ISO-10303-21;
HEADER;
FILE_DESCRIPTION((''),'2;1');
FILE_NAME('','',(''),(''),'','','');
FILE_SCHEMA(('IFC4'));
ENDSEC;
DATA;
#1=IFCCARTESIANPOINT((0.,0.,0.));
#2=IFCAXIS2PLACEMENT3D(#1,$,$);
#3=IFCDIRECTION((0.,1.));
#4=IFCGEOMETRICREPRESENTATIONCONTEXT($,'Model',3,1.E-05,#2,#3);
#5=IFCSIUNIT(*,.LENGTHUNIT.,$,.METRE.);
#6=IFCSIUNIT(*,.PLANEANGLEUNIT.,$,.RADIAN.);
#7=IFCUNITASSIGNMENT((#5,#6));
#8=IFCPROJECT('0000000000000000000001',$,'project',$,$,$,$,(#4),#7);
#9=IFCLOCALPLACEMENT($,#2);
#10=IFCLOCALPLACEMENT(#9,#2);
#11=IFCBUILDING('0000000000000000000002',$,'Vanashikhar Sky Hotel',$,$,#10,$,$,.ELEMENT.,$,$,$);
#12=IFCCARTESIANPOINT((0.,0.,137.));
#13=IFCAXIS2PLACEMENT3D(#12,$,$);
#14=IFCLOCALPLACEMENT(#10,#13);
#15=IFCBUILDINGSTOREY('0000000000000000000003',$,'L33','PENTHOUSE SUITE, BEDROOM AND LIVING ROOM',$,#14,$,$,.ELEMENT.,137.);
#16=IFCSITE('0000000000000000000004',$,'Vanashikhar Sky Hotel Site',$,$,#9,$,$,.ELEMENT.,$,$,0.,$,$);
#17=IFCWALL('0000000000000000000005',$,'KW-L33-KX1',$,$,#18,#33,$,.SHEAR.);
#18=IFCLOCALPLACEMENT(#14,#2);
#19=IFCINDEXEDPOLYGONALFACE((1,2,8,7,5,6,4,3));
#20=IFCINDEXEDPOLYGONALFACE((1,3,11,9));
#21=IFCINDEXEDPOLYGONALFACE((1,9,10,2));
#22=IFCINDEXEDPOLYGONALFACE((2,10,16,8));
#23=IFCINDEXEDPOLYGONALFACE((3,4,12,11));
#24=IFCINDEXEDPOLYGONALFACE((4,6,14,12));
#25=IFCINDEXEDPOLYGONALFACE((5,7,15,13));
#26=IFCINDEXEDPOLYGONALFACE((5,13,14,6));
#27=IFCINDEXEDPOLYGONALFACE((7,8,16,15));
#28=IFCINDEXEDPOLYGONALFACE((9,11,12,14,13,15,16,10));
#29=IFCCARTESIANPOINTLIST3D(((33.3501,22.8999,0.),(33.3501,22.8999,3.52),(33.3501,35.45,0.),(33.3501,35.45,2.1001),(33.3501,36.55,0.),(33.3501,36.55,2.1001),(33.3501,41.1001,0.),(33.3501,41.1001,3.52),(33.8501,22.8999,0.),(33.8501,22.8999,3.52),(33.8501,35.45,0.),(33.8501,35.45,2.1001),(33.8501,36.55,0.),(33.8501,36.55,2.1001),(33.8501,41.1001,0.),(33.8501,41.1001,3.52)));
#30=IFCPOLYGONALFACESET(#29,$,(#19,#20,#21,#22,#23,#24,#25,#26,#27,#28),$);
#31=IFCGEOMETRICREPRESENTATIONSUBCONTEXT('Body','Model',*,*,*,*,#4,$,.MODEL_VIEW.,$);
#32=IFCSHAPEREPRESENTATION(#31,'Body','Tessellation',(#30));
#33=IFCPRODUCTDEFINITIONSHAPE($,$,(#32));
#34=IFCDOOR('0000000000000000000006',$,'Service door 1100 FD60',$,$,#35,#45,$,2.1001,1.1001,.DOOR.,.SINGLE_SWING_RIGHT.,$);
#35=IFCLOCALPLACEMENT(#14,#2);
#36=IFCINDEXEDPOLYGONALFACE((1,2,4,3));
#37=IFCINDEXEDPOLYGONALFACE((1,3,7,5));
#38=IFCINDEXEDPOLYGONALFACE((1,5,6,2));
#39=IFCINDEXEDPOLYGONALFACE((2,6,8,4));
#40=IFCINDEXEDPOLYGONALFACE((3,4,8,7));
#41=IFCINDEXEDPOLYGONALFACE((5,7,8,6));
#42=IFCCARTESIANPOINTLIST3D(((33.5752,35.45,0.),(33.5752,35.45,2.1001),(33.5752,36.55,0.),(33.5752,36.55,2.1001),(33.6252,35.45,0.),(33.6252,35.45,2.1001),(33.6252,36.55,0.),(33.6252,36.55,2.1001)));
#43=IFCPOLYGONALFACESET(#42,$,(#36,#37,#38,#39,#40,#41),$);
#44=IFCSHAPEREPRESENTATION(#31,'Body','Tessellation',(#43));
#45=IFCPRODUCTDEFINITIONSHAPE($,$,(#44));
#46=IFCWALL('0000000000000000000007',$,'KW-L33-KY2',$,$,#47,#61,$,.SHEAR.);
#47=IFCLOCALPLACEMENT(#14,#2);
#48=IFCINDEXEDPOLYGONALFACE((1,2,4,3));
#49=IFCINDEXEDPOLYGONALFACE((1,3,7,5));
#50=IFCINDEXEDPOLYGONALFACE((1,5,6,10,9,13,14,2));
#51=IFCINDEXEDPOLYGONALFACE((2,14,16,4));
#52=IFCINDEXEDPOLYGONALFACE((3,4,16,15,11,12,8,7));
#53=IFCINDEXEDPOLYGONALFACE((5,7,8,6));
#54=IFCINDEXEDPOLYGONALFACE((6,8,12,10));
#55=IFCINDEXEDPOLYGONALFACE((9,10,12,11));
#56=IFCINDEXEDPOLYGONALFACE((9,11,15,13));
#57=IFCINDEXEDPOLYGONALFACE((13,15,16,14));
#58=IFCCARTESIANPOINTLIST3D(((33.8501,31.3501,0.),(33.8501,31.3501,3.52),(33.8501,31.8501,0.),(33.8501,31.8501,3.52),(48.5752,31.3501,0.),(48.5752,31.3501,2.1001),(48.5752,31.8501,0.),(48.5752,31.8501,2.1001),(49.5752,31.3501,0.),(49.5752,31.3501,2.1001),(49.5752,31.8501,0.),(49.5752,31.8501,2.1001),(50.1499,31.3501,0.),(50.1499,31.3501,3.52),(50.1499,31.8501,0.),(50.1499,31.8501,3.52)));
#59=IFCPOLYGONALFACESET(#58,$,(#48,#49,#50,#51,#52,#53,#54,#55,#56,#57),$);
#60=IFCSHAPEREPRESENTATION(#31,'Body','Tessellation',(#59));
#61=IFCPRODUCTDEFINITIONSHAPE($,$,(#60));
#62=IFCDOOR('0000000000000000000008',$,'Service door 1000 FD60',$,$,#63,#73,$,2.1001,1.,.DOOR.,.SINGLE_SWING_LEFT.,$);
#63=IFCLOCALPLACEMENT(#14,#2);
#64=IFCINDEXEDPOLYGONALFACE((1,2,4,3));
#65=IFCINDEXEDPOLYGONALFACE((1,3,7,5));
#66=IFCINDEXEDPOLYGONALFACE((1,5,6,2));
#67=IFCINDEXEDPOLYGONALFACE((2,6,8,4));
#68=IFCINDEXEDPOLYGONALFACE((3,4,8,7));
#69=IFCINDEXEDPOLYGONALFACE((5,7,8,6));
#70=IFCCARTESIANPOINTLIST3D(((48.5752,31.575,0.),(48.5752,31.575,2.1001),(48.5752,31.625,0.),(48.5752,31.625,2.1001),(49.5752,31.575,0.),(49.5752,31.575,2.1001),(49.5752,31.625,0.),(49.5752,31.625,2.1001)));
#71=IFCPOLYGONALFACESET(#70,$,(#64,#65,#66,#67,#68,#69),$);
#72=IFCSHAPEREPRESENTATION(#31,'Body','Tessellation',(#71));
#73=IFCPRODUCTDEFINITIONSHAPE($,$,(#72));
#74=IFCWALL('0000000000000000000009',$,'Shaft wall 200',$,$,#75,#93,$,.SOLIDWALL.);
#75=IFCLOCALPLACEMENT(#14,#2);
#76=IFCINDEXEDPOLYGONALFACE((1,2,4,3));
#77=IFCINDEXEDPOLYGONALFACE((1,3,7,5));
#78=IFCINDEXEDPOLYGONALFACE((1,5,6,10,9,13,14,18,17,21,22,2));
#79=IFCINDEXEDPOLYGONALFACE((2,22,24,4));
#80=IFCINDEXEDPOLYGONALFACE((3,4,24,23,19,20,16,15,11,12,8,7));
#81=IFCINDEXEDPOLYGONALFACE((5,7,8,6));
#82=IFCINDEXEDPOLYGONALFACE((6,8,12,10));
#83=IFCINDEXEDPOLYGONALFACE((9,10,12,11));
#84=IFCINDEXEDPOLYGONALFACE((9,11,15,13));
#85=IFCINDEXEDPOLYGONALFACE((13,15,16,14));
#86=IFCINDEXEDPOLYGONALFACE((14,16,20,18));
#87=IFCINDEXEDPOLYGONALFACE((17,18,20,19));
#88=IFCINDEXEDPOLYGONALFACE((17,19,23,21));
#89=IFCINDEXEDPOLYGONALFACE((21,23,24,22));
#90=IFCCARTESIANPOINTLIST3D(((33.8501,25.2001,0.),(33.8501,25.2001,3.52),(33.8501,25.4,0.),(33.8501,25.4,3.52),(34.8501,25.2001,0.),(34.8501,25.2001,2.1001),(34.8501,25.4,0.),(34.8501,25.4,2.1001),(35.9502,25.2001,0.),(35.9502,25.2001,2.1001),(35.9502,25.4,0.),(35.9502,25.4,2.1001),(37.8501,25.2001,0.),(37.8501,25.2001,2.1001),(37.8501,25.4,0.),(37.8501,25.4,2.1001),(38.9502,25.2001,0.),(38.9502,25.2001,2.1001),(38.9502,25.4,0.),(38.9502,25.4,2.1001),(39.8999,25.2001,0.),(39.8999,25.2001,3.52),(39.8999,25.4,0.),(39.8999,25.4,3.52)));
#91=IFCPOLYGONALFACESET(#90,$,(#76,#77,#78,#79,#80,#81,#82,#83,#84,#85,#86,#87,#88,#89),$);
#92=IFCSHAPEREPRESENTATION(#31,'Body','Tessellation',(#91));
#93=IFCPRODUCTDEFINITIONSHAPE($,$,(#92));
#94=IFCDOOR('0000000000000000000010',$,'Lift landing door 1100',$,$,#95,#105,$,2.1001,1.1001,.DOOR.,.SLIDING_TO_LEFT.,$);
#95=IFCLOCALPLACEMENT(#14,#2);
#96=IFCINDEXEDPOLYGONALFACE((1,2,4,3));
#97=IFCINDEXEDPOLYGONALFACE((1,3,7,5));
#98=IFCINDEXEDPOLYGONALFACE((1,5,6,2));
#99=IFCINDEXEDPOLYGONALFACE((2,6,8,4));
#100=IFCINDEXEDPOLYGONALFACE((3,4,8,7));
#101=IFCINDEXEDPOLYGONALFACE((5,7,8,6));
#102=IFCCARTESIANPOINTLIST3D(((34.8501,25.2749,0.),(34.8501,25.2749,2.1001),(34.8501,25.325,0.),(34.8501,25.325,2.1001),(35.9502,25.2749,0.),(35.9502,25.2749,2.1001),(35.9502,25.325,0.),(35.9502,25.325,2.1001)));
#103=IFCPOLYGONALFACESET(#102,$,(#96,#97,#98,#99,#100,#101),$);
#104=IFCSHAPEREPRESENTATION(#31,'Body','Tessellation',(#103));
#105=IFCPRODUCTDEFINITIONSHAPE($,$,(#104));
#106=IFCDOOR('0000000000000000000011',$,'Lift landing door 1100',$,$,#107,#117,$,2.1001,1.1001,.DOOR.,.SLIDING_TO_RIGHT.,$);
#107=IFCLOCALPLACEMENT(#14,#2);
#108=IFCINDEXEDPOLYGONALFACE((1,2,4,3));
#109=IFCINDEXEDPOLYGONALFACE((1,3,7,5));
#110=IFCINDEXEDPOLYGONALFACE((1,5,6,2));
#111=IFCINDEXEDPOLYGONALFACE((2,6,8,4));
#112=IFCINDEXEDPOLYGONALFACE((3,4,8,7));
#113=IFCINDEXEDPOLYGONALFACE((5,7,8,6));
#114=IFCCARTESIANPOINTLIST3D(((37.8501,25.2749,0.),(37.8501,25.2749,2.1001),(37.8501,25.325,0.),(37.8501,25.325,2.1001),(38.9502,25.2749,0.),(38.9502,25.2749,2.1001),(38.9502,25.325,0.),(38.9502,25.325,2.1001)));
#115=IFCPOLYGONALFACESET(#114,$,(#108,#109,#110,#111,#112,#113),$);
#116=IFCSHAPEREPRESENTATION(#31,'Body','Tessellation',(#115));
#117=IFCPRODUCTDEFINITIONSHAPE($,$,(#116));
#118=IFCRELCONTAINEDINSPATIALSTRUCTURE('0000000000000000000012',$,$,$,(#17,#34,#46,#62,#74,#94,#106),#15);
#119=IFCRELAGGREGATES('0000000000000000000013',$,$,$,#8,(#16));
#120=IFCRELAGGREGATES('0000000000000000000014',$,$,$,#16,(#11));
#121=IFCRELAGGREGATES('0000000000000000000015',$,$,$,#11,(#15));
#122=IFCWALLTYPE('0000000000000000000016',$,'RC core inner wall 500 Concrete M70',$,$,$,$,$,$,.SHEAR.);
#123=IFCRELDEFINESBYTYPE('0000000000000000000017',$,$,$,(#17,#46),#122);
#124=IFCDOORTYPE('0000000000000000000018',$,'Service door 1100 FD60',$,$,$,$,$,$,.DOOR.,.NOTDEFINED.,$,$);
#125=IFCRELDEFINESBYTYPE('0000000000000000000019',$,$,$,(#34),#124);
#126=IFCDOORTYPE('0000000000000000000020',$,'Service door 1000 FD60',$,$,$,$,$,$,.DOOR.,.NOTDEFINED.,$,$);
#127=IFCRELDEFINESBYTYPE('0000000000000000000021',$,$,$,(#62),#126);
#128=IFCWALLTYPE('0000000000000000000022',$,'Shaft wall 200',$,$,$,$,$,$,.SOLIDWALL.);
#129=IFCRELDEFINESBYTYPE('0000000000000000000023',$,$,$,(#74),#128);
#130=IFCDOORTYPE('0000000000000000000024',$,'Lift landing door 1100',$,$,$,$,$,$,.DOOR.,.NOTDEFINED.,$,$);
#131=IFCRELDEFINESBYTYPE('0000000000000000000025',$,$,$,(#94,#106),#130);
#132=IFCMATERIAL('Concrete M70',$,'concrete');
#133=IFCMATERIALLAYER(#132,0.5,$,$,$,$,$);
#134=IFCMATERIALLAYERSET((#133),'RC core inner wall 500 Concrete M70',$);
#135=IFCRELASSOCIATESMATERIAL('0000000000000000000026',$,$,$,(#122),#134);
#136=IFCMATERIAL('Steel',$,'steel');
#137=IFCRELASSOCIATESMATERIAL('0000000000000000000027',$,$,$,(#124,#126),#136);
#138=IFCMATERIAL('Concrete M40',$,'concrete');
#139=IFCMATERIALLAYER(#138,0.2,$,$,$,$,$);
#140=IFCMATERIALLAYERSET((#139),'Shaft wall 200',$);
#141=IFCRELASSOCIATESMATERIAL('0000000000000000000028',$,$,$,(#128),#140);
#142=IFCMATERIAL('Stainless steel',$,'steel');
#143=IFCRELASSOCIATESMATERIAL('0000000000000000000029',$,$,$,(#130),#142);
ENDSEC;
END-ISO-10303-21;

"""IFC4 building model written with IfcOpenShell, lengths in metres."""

from ifc_helpers import new_model, si_unit, direction, frame, frame_2d, origin, place, context, subcontext, project, spatial, rectangle, extrude, source, transform, mapped, material, layer, layer_set, type_object, element, fill, save


model = new_model("IFC4")

# Units and contexts
model_context = context("Model", 3, precision=1e-05, world=origin(), true_north=direction((0.0, 1.0)))
body_context = subcontext(model_context, "Body", "Model", "MODEL_VIEW")
ifc_project = project(units=[si_unit("LENGTHUNIT", "METRE"), si_unit("PLANEANGLEUNIT", "RADIAN")], contexts=[model_context])

# Site, building, storey
site_placement = place(None, origin())
site = spatial("IfcSite", under=ifc_project, at=site_placement, Name="Vanashikhar Sky Hotel Site", CompositionType="ELEMENT", RefElevation=0.0)
building_placement = place(site_placement, origin())
building = spatial("IfcBuilding", under=site, at=building_placement, Name="Vanashikhar Sky Hotel", CompositionType="ELEMENT")
storey_placement = place(building_placement, frame((0.0, 0.0, 137.0)))
storey = spatial("IfcBuildingStorey", under=building, at=storey_placement, Name="L33", Description="PENTHOUSE SUITE, BEDROOM AND LIVING ROOM", CompositionType="ELEMENT", Elevation=137.0)

# Walls, openings, doors
ifc_material_1 = material(Name="Concrete M70", Category="concrete")
ifc_layer_1 = layer(ifc_material_1, 0.5)
ifc_layer_set_1 = layer_set([ifc_layer_1], Name="RC core inner wall 500 Concrete M70")
wall_type_1 = type_object("IfcWallType", Name="RC core inner wall 500 Concrete M70", PredefinedType="SHEAR", material=ifc_layer_set_1)
shared_shape_1 = source(origin(), body_context, "Body", "SweptSolid", [
    extrude(rectangle(XDim=18.2002, YDim=0.5, at=frame_2d((9.1001, 0.0))), origin(), (0.0, 0.0, 1.0), 3.52),
])
wall_1_placement = place(storey_placement, frame((33.6001, 22.8999, 0.0), z_axis=(0.0, 0.0, 1.0), x_axis=(0.0, 1.0, 0.0)))
wall_1 = element("IfcWall", 1, at=wall_1_placement, inside=storey, type_object=wall_type_1, Name="KW-L33-KX1", PredefinedType="SHEAR", context=body_context, shape_type="MappedRepresentation", body=[
    mapped(shared_shape_1, transform((0.0, 0.0, 0.0), scale=1.0)),
])
shared_shape_2 = source(origin(), body_context, "Body", "SweptSolid", [
    extrude(rectangle(XDim=1.1001, YDim=2.1001, at=frame_2d((0.55, 1.05))), frame((0.0, 0.26, 0.0), z_axis=(0.0, -1.0, 0.0), x_axis=(1.0, 0.0, 0.0)), (0.0, 0.0, 1.0), 0.52),
])
opening_1_placement = place(wall_1_placement, frame((12.55, 0.0, 0.0)))
opening_1 = element("IfcOpeningElement", 2, at=opening_1_placement, cuts=wall_1, PredefinedType="OPENING", context=body_context, shape_type="MappedRepresentation", body=[
    mapped(shared_shape_2, transform((0.0, 0.0, 0.0), scale=1.0)),
])
ifc_material_2 = material(Name="Steel", Category="steel")
door_type_1 = type_object("IfcDoorType", Name="Service door 1100 FD60", OperationType="NOTDEFINED", PredefinedType="DOOR", material=ifc_material_2)
shared_shape_3 = source(origin(), body_context, "Body", "SweptSolid", [
    extrude(rectangle(XDim=1.1001, YDim=2.1001, at=frame_2d((0.55, 1.05))), frame((0.0, 0.0249, 0.0), z_axis=(0.0, -1.0, 0.0), x_axis=(1.0, 0.0, 0.0)), (0.0, 0.0, 1.0), 0.05),
])
door_1_placement = place(opening_1_placement, origin())
door_1 = element("IfcDoor", 3, at=door_1_placement, inside=storey, type_object=door_type_1, Name="Service door 1100 FD60", OperationType="SINGLE_SWING_RIGHT", OverallHeight=2.1001, OverallWidth=1.1001, PredefinedType="DOOR", context=body_context, shape_type="MappedRepresentation", body=[
    mapped(shared_shape_3, transform((0.0, 0.0, 0.0), scale=1.0)),
])
fill(opening_1, door_1)
shared_shape_4 = source(origin(), body_context, "Body", "SweptSolid", [
    extrude(rectangle(XDim=16.2998, YDim=0.5, at=frame_2d((8.1499, 0.0))), origin(), (0.0, 0.0, 1.0), 3.52),
])
wall_2_placement = place(storey_placement, frame((33.8501, 31.6001, 0.0), z_axis=(0.0, 0.0, 1.0), x_axis=(1.0, 0.0, 0.0)))
wall_2 = element("IfcWall", 4, at=wall_2_placement, inside=storey, type_object=wall_type_1, Name="KW-L33-KY2", PredefinedType="SHEAR", context=body_context, shape_type="MappedRepresentation", body=[
    mapped(shared_shape_4, transform((0.0, 0.0, 0.0), scale=1.0)),
])
shared_shape_5 = source(origin(), body_context, "Body", "SweptSolid", [
    extrude(rectangle(XDim=1.0, YDim=2.1001, at=frame_2d((0.5, 1.05))), frame((0.0, 0.26, 0.0), z_axis=(0.0, -1.0, 0.0), x_axis=(1.0, 0.0, 0.0)), (0.0, 0.0, 1.0), 0.52),
])
opening_2_placement = place(wall_2_placement, frame((14.7251, 0.0, 0.0)))
opening_2 = element("IfcOpeningElement", 5, at=opening_2_placement, cuts=wall_2, PredefinedType="OPENING", context=body_context, shape_type="MappedRepresentation", body=[
    mapped(shared_shape_5, transform((0.0, 0.0, 0.0), scale=1.0)),
])
door_type_2 = type_object("IfcDoorType", Name="Service door 1000 FD60", OperationType="NOTDEFINED", PredefinedType="DOOR", material=ifc_material_2)
shared_shape_6 = source(origin(), body_context, "Body", "SweptSolid", [
    extrude(rectangle(XDim=1.0, YDim=2.1001, at=frame_2d((0.5, 1.05))), frame((0.0, 0.0249, 0.0), z_axis=(0.0, -1.0, 0.0), x_axis=(1.0, 0.0, 0.0)), (0.0, 0.0, 1.0), 0.05),
])
door_2_placement = place(opening_2_placement, origin())
door_2 = element("IfcDoor", 6, at=door_2_placement, inside=storey, type_object=door_type_2, Name="Service door 1000 FD60", OperationType="SINGLE_SWING_LEFT", OverallHeight=2.1001, OverallWidth=1.0, PredefinedType="DOOR", context=body_context, shape_type="MappedRepresentation", body=[
    mapped(shared_shape_6, transform((0.0, 0.0, 0.0), scale=1.0)),
])
fill(opening_2, door_2)

# Wall, openings, doors
ifc_material_3 = material(Name="Concrete M40", Category="concrete")
ifc_layer_2 = layer(ifc_material_3, 0.2)
ifc_layer_set_2 = layer_set([ifc_layer_2], Name="Shaft wall 200")
wall_type_2 = type_object("IfcWallType", Name="Shaft wall 200", PredefinedType="SOLIDWALL", material=ifc_layer_set_2)
shared_shape_7 = source(origin(), body_context, "Body", "SweptSolid", [
    extrude(rectangle(XDim=6.0498, YDim=0.2, at=frame_2d((3.0249, 0.0))), origin(), (0.0, 0.0, 1.0), 3.52),
])
wall_3_placement = place(storey_placement, frame((33.8501, 25.3, 0.0), z_axis=(0.0, 0.0, 1.0), x_axis=(1.0, 0.0, 0.0)))
wall_3 = element("IfcWall", 7, at=wall_3_placement, inside=storey, type_object=wall_type_2, Name="Shaft wall 200", PredefinedType="SOLIDWALL", context=body_context, shape_type="MappedRepresentation", body=[
    mapped(shared_shape_7, transform((0.0, 0.0, 0.0), scale=1.0)),
])
shared_shape_8 = source(origin(), body_context, "Body", "SweptSolid", [
    extrude(rectangle(XDim=1.1001, YDim=2.1001, at=frame_2d((0.55, 1.05))), frame((0.0, 0.1099, 0.0), z_axis=(0.0, -1.0, 0.0), x_axis=(1.0, 0.0, 0.0)), (0.0, 0.0, 1.0), 0.22),
])
opening_3_placement = place(wall_3_placement, frame((1.0, 0.0, 0.0)))
opening_3 = element("IfcOpeningElement", 8, at=opening_3_placement, cuts=wall_3, PredefinedType="OPENING", context=body_context, shape_type="MappedRepresentation", body=[
    mapped(shared_shape_8, transform((0.0, 0.0, 0.0), scale=1.0)),
])
opening_4_placement = place(wall_3_placement, frame((4.0, 0.0, 0.0)))
opening_4 = element("IfcOpeningElement", 9, at=opening_4_placement, cuts=wall_3, PredefinedType="OPENING", context=body_context, shape_type="MappedRepresentation", body=[
    mapped(shared_shape_8, transform((0.0, 0.0, 0.0), scale=1.0)),
])
ifc_material_4 = material(Name="Stainless steel", Category="steel")
door_type_3 = type_object("IfcDoorType", Name="Lift landing door 1100", OperationType="NOTDEFINED", PredefinedType="DOOR", material=ifc_material_4)
door_3_placement = place(opening_3_placement, origin())
door_3 = element("IfcDoor", 10, at=door_3_placement, inside=storey, type_object=door_type_3, Name="Lift landing door 1100", OperationType="SLIDING_TO_LEFT", OverallHeight=2.1001, OverallWidth=1.1001, PredefinedType="DOOR", context=body_context, shape_type="MappedRepresentation", body=[
    mapped(shared_shape_3, transform((0.0, 0.0, 0.0), scale=1.0)),
])
fill(opening_3, door_3)
door_4_placement = place(opening_4_placement, origin())
door_4 = element("IfcDoor", 11, at=door_4_placement, inside=storey, type_object=door_type_3, Name="Lift landing door 1100", OperationType="SLIDING_TO_RIGHT", OverallHeight=2.1001, OverallWidth=1.1001, PredefinedType="DOOR", context=body_context, shape_type="MappedRepresentation", body=[
    mapped(shared_shape_3, transform((0.0, 0.0, 0.0), scale=1.0)),
])
fill(opening_4, door_4)

save(model, "model.ifc")
